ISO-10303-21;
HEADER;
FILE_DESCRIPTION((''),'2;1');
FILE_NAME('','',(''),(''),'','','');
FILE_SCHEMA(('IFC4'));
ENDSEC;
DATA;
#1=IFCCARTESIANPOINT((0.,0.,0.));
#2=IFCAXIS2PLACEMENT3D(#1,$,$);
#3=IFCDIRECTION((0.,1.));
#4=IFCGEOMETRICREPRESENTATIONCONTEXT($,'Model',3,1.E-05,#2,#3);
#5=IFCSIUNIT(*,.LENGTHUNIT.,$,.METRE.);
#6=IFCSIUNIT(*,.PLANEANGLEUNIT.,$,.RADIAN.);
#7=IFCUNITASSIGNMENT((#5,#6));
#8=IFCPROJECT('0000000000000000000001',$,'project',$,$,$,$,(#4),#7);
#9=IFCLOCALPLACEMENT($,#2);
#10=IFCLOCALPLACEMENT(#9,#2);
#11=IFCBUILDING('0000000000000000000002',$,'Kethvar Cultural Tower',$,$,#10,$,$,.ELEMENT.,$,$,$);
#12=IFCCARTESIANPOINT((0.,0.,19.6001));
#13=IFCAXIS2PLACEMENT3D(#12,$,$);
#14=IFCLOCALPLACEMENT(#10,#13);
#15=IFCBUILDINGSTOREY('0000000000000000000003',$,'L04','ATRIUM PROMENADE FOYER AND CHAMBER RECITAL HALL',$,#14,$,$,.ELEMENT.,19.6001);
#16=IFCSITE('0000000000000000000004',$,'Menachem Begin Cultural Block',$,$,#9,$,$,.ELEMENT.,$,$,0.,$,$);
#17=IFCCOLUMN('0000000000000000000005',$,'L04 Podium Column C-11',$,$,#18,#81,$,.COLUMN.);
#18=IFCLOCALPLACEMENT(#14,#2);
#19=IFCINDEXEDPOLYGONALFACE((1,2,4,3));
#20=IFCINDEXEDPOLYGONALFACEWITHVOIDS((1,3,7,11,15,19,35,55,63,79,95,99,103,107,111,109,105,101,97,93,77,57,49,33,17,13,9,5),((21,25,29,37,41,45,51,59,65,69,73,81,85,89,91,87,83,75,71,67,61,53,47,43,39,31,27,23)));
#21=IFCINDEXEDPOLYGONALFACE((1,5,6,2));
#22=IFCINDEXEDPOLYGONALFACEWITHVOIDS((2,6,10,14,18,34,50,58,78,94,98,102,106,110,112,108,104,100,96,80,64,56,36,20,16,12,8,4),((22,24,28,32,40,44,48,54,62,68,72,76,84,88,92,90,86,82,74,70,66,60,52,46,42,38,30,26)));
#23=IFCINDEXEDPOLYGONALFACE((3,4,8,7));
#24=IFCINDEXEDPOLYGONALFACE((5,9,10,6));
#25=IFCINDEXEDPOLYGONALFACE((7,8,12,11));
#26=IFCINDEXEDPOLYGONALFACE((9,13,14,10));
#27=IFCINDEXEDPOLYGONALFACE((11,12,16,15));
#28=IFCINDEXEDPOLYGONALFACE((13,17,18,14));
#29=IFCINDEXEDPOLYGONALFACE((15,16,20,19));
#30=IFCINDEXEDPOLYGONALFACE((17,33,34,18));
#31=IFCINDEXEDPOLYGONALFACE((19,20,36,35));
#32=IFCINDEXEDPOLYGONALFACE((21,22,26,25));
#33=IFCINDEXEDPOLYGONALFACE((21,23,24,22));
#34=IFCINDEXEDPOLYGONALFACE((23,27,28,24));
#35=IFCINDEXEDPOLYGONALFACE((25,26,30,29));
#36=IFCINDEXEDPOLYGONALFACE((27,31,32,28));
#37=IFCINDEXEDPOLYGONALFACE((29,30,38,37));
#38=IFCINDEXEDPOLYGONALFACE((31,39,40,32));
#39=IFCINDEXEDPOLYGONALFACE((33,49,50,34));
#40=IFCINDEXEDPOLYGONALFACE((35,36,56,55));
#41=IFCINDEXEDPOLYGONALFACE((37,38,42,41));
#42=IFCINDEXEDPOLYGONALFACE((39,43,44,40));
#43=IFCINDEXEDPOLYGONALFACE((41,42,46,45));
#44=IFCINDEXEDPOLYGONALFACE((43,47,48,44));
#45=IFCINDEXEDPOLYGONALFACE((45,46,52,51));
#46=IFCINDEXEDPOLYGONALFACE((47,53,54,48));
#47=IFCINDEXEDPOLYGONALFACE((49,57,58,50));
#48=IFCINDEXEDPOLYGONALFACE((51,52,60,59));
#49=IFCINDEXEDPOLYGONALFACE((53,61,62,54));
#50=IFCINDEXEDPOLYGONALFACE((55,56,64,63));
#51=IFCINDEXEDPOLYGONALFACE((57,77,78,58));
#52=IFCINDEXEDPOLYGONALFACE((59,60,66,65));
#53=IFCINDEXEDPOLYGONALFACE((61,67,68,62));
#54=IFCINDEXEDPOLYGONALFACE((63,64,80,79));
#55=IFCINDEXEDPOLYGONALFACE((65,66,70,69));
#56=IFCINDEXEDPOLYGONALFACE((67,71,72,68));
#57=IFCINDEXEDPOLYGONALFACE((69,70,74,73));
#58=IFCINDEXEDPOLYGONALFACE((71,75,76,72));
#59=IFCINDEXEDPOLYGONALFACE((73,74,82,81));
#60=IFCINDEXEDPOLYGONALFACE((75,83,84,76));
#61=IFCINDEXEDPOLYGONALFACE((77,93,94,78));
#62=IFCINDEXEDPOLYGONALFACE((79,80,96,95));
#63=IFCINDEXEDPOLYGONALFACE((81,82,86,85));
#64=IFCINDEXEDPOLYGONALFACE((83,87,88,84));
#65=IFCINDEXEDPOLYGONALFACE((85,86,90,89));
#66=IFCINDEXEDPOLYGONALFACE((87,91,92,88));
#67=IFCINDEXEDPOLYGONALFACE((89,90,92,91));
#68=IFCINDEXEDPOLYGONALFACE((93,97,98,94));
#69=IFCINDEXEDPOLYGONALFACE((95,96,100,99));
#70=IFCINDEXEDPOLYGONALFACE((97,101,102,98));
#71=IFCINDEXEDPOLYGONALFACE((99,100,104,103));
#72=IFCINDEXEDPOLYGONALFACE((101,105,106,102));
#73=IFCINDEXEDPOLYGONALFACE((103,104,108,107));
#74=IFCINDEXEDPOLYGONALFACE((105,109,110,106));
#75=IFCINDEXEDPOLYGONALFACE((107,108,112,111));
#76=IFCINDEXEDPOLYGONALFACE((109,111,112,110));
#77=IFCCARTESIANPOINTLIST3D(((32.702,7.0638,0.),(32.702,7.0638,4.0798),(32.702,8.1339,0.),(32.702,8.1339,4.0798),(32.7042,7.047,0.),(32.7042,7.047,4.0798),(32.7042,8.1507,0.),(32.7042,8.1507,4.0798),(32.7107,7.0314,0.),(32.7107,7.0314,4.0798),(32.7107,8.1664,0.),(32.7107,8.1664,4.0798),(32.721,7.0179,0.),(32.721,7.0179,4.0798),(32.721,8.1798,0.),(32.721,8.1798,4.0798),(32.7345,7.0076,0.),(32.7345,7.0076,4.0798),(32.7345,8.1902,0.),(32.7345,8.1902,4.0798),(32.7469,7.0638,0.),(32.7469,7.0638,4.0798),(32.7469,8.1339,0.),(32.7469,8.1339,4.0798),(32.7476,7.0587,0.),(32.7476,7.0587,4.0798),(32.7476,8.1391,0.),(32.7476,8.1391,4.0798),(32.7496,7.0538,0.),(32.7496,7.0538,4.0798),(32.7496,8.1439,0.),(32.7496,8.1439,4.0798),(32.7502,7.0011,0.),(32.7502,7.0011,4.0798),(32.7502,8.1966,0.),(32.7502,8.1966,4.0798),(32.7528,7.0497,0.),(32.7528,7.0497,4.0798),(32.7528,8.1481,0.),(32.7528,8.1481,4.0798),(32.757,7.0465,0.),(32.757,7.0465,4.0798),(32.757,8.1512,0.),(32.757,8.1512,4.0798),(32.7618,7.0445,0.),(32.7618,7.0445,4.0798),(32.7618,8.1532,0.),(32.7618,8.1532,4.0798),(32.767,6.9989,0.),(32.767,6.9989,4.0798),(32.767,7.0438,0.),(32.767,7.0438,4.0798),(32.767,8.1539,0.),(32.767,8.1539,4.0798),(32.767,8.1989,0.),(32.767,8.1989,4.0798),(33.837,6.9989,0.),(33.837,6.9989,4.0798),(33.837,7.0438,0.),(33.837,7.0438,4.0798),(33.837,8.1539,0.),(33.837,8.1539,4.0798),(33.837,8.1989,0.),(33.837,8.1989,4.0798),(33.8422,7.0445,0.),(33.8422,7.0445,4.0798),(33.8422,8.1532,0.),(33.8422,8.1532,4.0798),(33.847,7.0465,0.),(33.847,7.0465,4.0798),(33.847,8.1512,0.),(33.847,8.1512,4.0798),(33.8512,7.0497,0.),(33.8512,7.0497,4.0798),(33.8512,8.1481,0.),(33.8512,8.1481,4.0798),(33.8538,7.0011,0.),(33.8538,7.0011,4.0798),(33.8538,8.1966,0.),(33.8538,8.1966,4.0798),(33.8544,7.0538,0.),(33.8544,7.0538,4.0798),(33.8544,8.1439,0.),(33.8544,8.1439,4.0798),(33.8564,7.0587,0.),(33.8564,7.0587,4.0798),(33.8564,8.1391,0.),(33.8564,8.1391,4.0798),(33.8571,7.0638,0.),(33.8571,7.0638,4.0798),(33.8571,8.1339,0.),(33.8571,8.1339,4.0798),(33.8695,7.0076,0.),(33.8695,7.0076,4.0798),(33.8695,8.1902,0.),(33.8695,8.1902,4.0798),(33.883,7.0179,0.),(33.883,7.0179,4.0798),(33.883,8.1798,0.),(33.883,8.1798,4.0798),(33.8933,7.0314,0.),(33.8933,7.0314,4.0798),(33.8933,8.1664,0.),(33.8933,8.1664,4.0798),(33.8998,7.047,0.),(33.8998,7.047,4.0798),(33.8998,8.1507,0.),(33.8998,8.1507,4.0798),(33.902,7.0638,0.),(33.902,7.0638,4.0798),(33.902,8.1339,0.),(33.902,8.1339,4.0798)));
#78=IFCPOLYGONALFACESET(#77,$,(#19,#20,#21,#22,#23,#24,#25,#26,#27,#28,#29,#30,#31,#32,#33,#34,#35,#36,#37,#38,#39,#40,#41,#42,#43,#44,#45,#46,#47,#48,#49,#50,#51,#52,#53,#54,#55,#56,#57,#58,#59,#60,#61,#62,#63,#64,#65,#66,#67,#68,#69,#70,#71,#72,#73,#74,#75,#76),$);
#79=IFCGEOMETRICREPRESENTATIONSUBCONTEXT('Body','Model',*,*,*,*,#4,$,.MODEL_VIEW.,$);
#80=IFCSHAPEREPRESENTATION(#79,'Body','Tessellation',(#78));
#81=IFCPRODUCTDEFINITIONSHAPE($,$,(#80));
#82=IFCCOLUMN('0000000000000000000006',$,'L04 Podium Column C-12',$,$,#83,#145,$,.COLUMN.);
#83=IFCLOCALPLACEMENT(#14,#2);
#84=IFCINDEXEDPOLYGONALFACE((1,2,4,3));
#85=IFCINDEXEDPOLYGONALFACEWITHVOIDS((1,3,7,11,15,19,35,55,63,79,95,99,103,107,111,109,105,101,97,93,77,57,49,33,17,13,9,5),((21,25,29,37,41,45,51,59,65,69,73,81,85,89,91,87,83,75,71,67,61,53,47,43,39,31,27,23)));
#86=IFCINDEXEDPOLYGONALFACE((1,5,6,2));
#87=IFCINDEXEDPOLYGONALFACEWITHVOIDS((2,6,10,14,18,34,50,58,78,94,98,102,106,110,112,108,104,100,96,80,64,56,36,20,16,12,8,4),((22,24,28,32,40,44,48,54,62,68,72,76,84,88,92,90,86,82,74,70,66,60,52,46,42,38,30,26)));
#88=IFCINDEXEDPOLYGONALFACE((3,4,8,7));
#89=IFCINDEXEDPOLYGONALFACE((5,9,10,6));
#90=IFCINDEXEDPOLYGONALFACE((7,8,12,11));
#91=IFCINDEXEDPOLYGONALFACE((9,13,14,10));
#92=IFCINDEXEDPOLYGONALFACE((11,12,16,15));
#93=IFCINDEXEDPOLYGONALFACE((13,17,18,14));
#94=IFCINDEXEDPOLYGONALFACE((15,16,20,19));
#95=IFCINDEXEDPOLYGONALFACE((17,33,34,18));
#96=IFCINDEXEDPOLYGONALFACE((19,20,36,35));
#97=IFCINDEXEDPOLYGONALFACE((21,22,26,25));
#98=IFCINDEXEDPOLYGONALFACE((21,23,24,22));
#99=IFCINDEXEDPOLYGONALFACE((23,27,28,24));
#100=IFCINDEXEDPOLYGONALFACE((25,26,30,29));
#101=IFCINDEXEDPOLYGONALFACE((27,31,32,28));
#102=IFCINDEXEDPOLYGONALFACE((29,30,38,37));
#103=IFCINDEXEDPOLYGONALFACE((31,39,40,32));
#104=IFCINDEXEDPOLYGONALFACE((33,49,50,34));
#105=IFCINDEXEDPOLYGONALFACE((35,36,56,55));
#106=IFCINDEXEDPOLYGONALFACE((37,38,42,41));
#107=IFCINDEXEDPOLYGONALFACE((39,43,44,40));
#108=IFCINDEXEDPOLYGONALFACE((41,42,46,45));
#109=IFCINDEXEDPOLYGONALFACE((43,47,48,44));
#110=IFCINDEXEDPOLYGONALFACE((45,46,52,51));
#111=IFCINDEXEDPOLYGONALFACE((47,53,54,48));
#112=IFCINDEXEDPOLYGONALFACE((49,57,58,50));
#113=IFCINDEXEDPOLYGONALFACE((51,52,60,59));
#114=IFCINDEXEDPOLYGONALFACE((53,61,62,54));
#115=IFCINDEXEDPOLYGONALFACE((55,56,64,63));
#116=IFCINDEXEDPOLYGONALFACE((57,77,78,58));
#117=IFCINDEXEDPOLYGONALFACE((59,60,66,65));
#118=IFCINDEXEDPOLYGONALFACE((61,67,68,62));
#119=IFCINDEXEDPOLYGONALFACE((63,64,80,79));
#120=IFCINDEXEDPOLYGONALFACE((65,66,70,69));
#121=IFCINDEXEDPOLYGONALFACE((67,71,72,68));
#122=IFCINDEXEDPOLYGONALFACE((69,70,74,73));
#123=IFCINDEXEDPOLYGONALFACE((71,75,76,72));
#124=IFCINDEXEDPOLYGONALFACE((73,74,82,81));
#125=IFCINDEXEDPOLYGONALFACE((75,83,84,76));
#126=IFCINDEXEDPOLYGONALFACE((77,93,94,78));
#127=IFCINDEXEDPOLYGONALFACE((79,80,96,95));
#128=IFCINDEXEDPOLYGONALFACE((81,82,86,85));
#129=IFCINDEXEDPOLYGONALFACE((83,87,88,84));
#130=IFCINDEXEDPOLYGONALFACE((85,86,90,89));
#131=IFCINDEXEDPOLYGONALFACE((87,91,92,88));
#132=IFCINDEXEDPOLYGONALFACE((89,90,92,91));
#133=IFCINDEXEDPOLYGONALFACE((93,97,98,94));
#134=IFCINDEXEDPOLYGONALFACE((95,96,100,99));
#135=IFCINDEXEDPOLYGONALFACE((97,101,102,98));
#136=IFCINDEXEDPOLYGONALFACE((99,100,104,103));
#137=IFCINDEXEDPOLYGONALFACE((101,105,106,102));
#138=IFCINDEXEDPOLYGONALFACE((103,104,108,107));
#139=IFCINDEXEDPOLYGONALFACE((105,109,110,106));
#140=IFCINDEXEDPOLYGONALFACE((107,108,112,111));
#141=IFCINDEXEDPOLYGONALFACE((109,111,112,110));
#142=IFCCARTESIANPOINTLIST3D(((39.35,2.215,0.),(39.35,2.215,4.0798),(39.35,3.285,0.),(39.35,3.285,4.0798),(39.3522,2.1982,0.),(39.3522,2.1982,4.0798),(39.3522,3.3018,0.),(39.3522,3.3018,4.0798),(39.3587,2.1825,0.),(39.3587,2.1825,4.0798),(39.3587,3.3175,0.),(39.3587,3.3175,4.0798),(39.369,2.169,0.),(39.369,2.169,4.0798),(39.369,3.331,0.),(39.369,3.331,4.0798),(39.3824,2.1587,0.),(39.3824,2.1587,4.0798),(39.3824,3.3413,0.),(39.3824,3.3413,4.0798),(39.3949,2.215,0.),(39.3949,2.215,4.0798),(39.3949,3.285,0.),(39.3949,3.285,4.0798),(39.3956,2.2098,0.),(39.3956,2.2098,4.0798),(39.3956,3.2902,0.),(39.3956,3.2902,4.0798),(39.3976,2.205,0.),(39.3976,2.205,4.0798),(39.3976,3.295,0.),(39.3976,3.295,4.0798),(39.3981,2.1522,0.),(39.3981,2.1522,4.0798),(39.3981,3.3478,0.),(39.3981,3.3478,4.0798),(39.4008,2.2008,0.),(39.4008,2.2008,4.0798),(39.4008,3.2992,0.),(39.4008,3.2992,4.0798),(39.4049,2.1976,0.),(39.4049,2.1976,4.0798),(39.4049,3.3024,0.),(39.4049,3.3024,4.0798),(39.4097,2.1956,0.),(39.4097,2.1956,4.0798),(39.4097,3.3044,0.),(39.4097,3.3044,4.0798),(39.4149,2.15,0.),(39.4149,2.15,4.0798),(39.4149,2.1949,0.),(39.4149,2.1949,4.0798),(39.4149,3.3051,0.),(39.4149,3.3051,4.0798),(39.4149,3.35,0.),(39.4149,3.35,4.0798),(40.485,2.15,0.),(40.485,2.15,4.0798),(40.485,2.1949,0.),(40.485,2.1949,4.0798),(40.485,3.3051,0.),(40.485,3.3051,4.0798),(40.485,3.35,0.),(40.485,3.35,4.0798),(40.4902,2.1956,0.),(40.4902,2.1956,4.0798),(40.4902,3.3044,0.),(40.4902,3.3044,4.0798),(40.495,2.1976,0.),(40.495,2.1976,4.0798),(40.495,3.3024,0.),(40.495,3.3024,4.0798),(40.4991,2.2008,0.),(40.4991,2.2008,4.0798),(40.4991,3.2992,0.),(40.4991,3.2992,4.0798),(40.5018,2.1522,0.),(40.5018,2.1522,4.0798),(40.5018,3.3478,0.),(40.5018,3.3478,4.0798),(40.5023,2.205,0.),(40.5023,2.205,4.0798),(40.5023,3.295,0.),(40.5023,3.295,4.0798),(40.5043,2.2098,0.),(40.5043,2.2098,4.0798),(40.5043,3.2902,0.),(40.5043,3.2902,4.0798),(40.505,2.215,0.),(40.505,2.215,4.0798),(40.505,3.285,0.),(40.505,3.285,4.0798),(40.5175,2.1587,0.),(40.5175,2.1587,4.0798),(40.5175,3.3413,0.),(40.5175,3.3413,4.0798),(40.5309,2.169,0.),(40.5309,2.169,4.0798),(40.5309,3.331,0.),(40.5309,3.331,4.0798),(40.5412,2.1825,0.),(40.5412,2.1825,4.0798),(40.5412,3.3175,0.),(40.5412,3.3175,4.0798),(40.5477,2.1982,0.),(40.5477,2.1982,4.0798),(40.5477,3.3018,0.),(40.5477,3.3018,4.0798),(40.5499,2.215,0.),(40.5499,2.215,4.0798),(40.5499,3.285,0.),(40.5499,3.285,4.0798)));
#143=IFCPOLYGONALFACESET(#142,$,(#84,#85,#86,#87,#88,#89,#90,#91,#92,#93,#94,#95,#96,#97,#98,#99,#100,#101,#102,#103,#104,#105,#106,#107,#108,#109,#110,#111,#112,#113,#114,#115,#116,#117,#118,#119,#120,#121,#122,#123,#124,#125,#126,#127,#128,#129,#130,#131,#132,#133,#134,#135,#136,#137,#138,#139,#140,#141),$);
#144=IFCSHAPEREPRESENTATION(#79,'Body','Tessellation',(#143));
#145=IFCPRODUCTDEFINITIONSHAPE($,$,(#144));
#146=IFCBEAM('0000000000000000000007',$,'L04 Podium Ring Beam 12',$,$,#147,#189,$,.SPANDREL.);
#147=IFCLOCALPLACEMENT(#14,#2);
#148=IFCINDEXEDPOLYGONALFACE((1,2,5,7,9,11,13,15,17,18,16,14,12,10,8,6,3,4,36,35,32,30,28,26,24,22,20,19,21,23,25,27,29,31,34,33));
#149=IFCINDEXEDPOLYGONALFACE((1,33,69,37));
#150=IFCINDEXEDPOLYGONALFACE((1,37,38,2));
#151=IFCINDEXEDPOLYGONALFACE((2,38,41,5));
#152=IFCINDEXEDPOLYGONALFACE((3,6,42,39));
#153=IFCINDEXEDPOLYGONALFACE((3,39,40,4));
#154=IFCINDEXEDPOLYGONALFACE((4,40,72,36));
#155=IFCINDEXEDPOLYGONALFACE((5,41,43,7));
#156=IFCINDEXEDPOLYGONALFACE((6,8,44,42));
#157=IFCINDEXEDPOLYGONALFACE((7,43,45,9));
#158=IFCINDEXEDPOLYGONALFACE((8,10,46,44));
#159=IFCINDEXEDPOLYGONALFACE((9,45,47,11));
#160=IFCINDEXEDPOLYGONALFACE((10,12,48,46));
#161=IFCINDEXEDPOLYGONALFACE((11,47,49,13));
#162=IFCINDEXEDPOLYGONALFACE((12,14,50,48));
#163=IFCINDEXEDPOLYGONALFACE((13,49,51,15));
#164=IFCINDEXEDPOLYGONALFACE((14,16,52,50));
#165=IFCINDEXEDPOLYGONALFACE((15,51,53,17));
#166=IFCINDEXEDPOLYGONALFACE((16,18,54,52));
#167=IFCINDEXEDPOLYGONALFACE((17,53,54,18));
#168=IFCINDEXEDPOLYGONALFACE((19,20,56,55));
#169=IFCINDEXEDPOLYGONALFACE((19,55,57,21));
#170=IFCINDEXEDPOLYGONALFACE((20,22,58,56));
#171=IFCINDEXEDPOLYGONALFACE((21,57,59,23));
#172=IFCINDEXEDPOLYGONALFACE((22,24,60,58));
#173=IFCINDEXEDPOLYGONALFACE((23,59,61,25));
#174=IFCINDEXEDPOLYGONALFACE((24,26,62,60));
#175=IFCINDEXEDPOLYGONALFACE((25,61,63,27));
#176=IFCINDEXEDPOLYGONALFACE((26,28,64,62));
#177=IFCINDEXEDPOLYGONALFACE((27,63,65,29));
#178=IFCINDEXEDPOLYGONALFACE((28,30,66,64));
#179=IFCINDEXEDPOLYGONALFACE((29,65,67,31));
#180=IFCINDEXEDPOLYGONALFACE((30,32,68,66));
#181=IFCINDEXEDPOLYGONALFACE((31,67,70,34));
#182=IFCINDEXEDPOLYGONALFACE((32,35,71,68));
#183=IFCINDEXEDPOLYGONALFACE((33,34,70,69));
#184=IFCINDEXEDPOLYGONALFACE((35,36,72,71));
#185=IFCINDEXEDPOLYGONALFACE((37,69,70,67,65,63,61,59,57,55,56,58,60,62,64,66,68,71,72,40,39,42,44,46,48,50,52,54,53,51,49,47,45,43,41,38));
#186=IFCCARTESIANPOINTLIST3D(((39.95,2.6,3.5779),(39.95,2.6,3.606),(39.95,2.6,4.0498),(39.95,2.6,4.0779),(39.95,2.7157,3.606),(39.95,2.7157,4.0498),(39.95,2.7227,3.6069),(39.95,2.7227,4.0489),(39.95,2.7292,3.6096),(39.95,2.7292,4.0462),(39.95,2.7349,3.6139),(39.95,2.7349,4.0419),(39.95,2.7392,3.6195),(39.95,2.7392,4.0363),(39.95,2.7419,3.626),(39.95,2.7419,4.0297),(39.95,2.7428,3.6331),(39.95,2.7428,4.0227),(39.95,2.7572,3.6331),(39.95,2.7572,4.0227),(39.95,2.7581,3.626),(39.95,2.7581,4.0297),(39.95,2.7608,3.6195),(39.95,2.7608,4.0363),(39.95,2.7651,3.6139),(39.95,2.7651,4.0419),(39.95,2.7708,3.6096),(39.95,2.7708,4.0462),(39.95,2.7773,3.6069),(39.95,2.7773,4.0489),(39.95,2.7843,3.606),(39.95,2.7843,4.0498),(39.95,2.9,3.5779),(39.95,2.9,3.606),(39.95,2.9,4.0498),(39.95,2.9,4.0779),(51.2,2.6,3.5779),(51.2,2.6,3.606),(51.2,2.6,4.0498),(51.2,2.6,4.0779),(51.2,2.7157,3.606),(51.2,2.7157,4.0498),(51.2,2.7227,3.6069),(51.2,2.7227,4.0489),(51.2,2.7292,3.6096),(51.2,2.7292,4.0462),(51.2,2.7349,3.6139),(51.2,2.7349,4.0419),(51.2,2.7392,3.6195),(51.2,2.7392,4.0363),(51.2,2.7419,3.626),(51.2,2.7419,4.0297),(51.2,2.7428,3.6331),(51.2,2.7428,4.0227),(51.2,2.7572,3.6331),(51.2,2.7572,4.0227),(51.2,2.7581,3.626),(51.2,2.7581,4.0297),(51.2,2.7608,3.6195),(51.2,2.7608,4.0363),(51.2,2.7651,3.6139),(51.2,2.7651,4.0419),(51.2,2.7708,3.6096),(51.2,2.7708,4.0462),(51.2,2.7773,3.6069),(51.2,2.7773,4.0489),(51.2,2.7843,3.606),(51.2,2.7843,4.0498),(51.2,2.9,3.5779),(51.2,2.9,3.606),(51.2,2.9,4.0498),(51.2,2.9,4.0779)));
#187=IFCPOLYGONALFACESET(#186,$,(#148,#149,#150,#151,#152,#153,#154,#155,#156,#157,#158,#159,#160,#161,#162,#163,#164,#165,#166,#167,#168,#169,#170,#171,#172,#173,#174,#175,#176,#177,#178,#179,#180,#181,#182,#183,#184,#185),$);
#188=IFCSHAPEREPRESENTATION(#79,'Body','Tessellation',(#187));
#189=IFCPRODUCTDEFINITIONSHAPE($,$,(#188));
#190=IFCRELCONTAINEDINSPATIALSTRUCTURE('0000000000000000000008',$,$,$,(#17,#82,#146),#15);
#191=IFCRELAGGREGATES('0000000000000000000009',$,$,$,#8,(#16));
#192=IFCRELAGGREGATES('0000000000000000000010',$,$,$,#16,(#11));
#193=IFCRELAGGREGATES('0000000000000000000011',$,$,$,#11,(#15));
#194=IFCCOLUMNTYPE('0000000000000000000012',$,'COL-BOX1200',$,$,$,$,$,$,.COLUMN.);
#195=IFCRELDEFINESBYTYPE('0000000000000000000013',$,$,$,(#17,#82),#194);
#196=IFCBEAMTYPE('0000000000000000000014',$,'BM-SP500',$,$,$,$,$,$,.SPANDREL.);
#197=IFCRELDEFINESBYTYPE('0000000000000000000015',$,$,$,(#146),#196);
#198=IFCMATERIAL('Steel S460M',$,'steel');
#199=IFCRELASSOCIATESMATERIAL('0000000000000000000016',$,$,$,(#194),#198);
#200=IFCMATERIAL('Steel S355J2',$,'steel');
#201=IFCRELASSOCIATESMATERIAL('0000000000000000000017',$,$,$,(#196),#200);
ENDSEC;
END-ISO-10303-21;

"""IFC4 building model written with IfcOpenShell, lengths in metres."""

from ifc_helpers import new_model, si_unit, direction, frame, origin, origin_2d, place, context, subcontext, project, spatial, hollow_rectangle, i_section, extrude, source, transform, mapped, material, material_profile, profile_set, type_object, element, save


model = new_model("IFC4")

# Units and contexts
model_context = context("Model", 3, precision=1e-05, world=origin(), true_north=direction((0.0, 1.0)))
body_context = subcontext(model_context, "Body", "Model", "MODEL_VIEW")
ifc_project = project(units=[si_unit("LENGTHUNIT", "METRE"), si_unit("PLANEANGLEUNIT", "RADIAN")], contexts=[model_context])

# Site, building, storey
site_placement = place(None, origin())
site = spatial("IfcSite", under=ifc_project, at=site_placement, Name="Menachem Begin Cultural Block", CompositionType="ELEMENT", RefElevation=0.0)
building_placement = place(site_placement, origin())
building = spatial("IfcBuilding", under=site, at=building_placement, Name="Kethvar Cultural Tower", CompositionType="ELEMENT")
storey_placement = place(building_placement, frame((0.0, 0.0, 19.6001)))
storey = spatial("IfcBuildingStorey", under=building, at=storey_placement, Name="L04", Description="ATRIUM PROMENADE FOYER AND CHAMBER RECITAL HALL", CompositionType="ELEMENT", Elevation=19.6001)

# Columns
ifc_material_1 = material(Name="Steel S460M", Category="steel")
ifc_material_profile_1 = material_profile(ifc_material_1, hollow_rectangle(XDim=1.2, YDim=1.2, WallThickness=0.0449, InnerFilletRadius=0.02, OuterFilletRadius=0.0649, at=origin_2d()), Name="Steel S460M — BOX1200x1200x45")
ifc_profile_set_1 = profile_set([ifc_material_profile_1], Name="Steel S460M — BOX1200x1200x45")
column_type = type_object("IfcColumnType", Name="COL-BOX1200", PredefinedType="COLUMN", material=ifc_profile_set_1)
shared_shape_1 = source(origin(), body_context, "Body", "SweptSolid", [
    extrude(hollow_rectangle(XDim=1.2, YDim=1.2, WallThickness=0.0449, InnerFilletRadius=0.02, OuterFilletRadius=0.0649, at=origin_2d()), origin(), (0.0, 0.0, 1.0), 4.0798),
])
for number, where, z_axis, x_axis, name in (
    (1, (33.302, 7.5989, 0.0), (0.0, 0.0, 1.0), (1.0, 0.0, 0.0), "L04 Podium Column C-11"),
    (2, (39.95, 2.75, 0.0), (0.0, 0.0, 1.0), (1.0, 0.0, 0.0), "L04 Podium Column C-12"),
):
    element("IfcColumn", number, at=place(storey_placement, frame(where, z_axis=z_axis, x_axis=x_axis)), inside=storey, type_object=column_type, Name=name, PredefinedType="COLUMN", context=body_context, shape_type="MappedRepresentation", body=[
        mapped(shared_shape_1, transform((0.0, 0.0, 0.0), scale=1.0)),
    ])

# Beam
ifc_material_2 = material(Name="Steel S355J2", Category="steel")
ifc_material_profile_2 = material_profile(ifc_material_2, i_section(OverallWidth=0.3, OverallDepth=0.5, WebThickness=0.0144, FlangeThickness=0.0281, FilletRadius=0.0271, at=origin_2d()), Name="Steel S355J2 — HEB500")
ifc_profile_set_2 = profile_set([ifc_material_profile_2], Name="Steel S355J2 — HEB500")
beam_type_1 = type_object("IfcBeamType", Name="BM-SP500", PredefinedType="SPANDREL", material=ifc_profile_set_2)
shared_shape_2 = source(origin(), body_context, "Body", "SweptSolid", [
    extrude(i_section(OverallWidth=0.3, OverallDepth=0.5, WebThickness=0.0144, FlangeThickness=0.0281, FilletRadius=0.0271, at=origin_2d()), origin(), (0.0, 0.0, 1.0), 11.25),
])
beam_1_placement = place(storey_placement, frame((39.95, 2.75, 3.8279), z_axis=(1.0, 0.0, 0.0), x_axis=(0.0, 1.0, 0.0)))
element("IfcBeam", 3, at=beam_1_placement, inside=storey, type_object=beam_type_1, Name="L04 Podium Ring Beam 12", PredefinedType="SPANDREL", context=body_context, shape_type="MappedRepresentation", body=[
    mapped(shared_shape_2, transform((0.0, 0.0, 0.0), scale=1.0)),
])

save(model, "model.ifc")
